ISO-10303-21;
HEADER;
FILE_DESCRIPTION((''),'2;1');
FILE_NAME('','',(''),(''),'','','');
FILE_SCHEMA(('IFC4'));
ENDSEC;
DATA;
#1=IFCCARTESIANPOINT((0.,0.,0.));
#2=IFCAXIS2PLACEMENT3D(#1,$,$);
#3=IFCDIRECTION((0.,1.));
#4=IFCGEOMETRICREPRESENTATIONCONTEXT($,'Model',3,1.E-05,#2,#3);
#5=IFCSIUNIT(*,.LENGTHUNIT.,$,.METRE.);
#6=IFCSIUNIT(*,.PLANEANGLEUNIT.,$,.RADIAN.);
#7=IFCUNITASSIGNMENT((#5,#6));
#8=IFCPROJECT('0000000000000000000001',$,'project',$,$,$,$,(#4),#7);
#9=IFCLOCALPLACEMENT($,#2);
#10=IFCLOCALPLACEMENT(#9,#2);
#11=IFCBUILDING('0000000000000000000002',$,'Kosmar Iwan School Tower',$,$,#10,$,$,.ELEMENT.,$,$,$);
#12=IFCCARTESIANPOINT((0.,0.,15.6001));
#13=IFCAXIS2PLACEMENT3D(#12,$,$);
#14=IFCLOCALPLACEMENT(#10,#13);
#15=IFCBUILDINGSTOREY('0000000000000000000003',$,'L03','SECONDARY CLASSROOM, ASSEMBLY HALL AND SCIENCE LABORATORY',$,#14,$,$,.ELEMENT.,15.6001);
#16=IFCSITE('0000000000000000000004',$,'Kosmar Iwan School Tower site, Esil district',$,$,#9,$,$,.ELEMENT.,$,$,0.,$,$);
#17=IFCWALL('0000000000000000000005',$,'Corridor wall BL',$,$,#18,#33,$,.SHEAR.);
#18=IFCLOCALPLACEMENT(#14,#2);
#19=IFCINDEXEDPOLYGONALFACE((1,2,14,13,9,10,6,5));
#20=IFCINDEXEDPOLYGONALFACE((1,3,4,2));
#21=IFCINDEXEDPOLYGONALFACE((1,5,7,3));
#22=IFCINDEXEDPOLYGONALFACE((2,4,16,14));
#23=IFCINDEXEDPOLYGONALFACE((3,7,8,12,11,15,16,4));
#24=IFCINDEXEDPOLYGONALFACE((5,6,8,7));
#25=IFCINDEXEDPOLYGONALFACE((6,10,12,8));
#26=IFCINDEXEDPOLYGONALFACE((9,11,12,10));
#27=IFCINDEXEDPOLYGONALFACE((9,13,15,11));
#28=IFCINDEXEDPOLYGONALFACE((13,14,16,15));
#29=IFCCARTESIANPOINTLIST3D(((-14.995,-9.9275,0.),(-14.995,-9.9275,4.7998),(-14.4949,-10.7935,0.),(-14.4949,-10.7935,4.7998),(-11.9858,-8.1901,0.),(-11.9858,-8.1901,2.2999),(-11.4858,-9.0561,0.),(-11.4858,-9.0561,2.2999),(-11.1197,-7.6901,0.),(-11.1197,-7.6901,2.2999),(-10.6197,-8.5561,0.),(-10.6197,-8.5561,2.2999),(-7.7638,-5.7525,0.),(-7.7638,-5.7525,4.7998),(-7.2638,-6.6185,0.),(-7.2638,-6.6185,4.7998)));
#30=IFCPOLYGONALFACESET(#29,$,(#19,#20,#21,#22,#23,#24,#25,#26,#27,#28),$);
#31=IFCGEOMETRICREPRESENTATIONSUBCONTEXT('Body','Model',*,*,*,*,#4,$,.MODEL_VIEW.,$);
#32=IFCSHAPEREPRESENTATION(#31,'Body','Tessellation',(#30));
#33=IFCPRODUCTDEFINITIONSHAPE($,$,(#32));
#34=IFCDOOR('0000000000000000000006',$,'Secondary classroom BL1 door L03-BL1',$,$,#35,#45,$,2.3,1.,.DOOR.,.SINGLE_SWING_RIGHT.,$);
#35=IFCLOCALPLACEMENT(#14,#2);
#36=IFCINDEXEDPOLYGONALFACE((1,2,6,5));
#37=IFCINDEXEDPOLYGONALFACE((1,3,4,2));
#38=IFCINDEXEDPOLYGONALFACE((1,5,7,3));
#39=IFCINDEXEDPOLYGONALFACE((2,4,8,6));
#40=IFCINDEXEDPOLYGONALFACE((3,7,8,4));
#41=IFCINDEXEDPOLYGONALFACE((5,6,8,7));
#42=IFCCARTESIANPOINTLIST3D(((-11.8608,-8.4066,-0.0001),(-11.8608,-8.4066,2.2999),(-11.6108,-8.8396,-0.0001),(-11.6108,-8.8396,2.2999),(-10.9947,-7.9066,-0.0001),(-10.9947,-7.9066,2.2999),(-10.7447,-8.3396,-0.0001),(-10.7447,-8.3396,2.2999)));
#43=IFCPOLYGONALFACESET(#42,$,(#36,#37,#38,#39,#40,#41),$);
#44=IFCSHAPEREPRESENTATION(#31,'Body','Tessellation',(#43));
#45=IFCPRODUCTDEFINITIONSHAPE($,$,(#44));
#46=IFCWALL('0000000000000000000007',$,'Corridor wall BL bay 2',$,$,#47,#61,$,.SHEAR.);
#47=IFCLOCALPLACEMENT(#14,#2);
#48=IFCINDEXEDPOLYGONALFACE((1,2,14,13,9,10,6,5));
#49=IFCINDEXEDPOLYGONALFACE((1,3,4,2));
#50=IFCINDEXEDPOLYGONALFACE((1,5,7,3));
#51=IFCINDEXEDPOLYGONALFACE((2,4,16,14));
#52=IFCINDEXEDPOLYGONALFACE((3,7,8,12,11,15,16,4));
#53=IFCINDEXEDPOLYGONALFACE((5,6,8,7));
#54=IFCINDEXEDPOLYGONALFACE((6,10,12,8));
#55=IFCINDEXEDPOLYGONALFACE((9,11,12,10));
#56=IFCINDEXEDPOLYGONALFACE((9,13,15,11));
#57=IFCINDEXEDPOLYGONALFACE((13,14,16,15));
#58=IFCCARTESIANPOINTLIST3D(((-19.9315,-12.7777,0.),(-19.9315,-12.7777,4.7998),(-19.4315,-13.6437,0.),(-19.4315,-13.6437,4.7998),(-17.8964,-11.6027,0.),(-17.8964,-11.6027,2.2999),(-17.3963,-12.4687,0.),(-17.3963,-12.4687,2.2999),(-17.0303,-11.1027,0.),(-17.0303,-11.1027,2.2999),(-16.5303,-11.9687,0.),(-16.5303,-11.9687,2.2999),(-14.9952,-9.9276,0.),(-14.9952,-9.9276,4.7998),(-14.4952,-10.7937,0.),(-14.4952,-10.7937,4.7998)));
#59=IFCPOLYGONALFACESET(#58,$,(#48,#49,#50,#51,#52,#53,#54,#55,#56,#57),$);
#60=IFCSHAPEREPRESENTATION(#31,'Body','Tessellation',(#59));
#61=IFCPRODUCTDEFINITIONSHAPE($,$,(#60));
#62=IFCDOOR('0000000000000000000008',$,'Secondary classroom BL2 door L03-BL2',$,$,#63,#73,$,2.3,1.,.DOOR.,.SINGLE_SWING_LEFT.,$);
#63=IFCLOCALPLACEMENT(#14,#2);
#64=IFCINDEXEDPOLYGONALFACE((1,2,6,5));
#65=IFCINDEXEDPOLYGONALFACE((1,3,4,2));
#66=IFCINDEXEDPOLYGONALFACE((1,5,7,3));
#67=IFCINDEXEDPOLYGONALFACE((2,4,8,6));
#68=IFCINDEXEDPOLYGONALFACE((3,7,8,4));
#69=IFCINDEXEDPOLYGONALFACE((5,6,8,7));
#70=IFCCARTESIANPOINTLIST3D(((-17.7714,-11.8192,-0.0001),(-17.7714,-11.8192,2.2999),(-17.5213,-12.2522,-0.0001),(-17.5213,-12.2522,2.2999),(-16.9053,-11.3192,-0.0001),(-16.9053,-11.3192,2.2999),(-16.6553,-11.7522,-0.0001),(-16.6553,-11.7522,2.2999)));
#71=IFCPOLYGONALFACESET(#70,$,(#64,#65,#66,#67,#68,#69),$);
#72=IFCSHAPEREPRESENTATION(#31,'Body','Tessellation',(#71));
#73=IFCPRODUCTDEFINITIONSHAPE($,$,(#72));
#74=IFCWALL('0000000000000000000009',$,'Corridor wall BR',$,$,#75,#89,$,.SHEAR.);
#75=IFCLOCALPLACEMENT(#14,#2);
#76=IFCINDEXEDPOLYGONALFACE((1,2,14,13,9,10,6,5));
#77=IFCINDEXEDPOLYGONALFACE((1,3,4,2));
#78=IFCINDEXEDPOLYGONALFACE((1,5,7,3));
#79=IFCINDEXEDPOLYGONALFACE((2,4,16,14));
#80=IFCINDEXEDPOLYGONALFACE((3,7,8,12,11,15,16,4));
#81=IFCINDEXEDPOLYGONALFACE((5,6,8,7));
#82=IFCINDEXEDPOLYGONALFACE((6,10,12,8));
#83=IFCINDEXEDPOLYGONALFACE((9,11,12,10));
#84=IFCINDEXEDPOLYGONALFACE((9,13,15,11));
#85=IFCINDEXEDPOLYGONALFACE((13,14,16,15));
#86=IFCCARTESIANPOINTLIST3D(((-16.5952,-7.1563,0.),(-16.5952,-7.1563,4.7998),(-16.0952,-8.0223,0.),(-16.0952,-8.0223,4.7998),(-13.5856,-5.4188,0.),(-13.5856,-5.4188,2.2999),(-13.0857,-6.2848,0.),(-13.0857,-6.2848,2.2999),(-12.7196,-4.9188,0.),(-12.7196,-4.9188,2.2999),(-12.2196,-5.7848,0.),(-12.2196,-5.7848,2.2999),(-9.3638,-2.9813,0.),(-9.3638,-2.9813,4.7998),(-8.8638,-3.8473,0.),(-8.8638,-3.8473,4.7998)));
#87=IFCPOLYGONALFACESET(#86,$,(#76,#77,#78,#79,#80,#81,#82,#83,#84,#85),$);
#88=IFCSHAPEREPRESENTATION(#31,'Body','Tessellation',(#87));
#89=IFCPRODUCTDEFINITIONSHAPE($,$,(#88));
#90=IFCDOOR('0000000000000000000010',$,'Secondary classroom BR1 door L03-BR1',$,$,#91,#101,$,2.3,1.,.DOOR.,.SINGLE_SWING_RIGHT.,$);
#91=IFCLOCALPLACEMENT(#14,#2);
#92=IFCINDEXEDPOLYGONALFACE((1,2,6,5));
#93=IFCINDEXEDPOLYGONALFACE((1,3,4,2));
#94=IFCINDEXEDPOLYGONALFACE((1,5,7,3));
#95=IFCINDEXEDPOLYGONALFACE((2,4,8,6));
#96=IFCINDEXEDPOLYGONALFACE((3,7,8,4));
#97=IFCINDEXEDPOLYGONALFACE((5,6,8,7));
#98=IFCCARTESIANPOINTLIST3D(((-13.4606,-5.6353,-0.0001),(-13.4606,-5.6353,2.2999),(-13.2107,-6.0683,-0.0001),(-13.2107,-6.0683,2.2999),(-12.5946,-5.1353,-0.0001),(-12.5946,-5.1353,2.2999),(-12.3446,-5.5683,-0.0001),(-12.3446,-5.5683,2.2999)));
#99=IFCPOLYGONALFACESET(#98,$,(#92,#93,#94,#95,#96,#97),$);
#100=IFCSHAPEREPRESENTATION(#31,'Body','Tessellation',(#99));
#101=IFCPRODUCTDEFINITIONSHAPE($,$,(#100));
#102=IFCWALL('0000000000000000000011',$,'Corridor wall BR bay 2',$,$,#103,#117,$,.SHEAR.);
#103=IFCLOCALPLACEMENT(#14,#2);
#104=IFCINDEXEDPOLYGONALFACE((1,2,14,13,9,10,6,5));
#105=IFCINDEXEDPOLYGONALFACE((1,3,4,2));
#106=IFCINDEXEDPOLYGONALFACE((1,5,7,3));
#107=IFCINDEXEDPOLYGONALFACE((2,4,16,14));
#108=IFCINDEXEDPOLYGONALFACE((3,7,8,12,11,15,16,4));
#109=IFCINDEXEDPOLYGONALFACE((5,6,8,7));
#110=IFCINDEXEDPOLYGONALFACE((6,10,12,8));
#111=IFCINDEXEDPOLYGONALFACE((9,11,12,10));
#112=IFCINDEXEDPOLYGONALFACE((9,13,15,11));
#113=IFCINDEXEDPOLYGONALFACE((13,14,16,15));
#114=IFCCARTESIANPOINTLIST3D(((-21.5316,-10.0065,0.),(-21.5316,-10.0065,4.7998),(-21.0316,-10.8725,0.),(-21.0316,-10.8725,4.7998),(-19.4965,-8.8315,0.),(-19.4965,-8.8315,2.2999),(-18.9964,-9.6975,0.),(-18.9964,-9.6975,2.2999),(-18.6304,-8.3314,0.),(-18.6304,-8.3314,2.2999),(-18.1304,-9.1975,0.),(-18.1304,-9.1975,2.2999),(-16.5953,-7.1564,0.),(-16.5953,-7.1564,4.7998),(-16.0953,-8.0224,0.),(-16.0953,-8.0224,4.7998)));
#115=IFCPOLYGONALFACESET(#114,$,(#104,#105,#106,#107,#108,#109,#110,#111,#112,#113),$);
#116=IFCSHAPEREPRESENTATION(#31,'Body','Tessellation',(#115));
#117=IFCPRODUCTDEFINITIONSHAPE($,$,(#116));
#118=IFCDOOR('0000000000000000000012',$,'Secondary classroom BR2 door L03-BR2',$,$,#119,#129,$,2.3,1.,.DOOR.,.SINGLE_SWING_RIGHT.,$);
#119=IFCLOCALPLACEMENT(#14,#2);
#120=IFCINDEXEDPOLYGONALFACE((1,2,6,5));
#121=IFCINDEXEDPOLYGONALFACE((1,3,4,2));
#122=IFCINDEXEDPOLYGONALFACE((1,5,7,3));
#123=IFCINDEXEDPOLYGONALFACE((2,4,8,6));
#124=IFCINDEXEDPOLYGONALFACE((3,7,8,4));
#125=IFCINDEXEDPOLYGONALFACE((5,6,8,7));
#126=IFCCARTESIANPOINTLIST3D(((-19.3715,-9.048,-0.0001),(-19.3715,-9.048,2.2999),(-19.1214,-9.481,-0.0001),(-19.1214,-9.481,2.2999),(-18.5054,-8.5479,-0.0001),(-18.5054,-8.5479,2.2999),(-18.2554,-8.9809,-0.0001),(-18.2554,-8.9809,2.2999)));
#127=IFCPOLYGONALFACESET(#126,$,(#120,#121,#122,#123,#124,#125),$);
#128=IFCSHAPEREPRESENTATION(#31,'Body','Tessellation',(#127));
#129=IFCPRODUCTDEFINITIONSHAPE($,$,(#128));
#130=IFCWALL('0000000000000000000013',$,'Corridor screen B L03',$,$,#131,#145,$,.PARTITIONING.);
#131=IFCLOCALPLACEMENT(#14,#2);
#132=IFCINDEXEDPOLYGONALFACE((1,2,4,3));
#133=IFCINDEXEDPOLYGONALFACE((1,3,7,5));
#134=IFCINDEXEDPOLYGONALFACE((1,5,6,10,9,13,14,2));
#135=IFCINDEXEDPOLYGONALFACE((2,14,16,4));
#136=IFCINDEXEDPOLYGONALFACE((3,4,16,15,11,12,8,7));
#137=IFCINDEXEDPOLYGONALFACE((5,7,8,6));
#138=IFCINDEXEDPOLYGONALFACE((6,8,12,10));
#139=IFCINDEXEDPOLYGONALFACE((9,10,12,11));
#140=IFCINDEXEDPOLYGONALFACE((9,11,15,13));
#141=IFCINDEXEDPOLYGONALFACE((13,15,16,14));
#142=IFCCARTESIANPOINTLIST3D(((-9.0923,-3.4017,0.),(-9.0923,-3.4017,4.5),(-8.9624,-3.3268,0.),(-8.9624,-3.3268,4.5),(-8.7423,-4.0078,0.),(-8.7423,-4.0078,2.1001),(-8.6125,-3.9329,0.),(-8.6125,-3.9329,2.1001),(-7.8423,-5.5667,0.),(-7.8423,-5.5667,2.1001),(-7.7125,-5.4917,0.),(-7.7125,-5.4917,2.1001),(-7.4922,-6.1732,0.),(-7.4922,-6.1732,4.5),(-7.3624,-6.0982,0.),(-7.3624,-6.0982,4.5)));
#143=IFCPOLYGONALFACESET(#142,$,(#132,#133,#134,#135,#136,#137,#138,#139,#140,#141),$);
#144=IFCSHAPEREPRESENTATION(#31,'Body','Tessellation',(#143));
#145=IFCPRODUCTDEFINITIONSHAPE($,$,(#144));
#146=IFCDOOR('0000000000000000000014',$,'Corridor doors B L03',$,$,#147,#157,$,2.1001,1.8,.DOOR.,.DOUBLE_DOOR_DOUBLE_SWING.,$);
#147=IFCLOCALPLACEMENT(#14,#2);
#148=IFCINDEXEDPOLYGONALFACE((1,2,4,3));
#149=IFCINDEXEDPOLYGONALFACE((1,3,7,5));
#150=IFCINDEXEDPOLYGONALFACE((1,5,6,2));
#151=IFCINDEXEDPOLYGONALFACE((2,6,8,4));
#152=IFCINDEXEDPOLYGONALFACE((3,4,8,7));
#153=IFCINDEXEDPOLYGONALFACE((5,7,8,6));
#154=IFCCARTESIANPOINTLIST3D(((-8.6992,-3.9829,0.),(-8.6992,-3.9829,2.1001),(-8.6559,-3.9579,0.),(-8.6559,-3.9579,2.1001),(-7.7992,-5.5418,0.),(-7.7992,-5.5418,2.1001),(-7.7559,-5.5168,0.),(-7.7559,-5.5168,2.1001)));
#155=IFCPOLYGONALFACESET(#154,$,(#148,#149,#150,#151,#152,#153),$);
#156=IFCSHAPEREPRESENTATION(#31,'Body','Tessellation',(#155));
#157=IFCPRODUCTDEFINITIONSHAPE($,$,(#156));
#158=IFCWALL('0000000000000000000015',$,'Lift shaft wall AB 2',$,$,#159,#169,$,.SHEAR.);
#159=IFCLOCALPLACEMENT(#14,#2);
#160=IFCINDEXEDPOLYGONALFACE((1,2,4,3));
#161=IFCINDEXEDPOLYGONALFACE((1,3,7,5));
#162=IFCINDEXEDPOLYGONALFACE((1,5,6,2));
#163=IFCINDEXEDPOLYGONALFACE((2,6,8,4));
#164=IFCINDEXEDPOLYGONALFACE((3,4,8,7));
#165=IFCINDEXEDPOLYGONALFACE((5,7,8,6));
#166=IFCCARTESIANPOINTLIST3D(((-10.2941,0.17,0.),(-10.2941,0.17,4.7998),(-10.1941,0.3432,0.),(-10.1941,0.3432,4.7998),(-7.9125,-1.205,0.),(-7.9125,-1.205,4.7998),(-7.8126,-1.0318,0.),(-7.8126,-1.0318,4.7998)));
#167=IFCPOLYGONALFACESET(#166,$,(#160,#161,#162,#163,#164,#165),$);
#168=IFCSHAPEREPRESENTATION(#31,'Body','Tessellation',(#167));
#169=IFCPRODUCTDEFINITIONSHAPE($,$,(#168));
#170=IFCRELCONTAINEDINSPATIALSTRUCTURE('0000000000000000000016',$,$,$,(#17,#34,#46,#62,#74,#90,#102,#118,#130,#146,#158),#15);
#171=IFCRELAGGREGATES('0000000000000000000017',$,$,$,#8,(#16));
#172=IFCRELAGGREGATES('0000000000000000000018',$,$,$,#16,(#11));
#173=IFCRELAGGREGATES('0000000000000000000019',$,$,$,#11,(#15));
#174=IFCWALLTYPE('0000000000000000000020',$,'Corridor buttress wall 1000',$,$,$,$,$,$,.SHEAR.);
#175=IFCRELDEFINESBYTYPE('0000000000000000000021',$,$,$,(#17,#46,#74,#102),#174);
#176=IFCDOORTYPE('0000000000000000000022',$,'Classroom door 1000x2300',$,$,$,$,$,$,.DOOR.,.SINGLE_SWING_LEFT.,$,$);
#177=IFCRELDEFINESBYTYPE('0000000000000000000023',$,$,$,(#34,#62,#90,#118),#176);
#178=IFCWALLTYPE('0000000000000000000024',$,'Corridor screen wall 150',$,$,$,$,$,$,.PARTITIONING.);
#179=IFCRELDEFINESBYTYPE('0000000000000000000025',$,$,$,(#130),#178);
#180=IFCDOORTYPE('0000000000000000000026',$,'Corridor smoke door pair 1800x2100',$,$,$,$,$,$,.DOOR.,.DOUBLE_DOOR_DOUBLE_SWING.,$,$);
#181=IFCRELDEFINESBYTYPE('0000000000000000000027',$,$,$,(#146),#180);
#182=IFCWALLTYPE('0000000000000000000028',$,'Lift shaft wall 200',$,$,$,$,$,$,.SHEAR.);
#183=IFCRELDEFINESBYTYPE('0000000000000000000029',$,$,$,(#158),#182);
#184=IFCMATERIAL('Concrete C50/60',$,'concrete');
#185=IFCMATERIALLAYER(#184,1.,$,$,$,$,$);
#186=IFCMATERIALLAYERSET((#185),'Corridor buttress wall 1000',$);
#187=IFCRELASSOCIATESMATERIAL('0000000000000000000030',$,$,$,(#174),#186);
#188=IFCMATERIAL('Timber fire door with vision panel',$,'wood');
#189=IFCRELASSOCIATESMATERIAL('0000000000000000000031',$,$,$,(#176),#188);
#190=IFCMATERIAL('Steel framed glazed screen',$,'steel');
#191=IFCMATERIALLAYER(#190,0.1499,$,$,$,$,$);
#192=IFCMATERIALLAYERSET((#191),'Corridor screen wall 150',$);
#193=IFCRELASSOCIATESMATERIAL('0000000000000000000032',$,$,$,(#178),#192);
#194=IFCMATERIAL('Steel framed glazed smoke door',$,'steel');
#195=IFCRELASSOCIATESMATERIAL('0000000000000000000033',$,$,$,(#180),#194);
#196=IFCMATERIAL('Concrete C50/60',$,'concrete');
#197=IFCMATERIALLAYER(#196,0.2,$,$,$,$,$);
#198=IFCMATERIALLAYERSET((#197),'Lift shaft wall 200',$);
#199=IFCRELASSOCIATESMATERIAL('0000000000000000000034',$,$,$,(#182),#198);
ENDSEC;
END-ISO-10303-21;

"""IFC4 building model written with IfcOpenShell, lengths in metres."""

from ifc_helpers import new_model, si_unit, direction, frame, frame_2d, origin, place, context, subcontext, project, spatial, rectangle, extrude, material, layer, layer_set, type_object, element, fill, save


model = new_model("IFC4")

# Units and contexts
model_context = context("Model", 3, precision=1e-05, world=origin(), true_north=direction((0.0, 1.0)))
body_context = subcontext(model_context, "Body", "Model", "MODEL_VIEW")
ifc_project = project(units=[si_unit("LENGTHUNIT", "METRE"), si_unit("PLANEANGLEUNIT", "RADIAN")], contexts=[model_context])

# Site, building, storey
site_placement = place(None, origin())
site = spatial("IfcSite", under=ifc_project, at=site_placement, Name="Kosmar Iwan School Tower site, Esil district", CompositionType="ELEMENT", RefElevation=0.0)
building_placement = place(site_placement, origin())
building = spatial("IfcBuilding", under=site, at=building_placement, Name="Kosmar Iwan School Tower", CompositionType="ELEMENT")
storey_placement = place(building_placement, frame((0.0, 0.0, 15.6001)))
storey = spatial("IfcBuildingStorey", under=building, at=storey_placement, Name="L03", Description="SECONDARY CLASSROOM, ASSEMBLY HALL AND SCIENCE LABORATORY", CompositionType="ELEMENT", Elevation=15.6001)

# Walls, openings, doors
ifc_material_1 = material(Name="Concrete C50/60", Category="concrete")
ifc_layer_1 = layer(ifc_material_1, 1.0)
ifc_layer_set_1 = layer_set([ifc_layer_1], Name="Corridor buttress wall 1000")
wall_type_1 = type_object("IfcWallType", Name="Corridor buttress wall 1000", PredefinedType="SHEAR", material=ifc_layer_set_1)
wall_1_placement = place(storey_placement, frame((-7.5139, -6.1855, 0.0), z_axis=(0.0, 0.0, 1.0), x_axis=(-0.86602, -0.50001, 0.0)))
wall_1 = element("IfcWall", 1, at=wall_1_placement, inside=storey, type_object=wall_type_1, Name="Corridor wall BL", PredefinedType="SHEAR", context=body_context, shape_type="SweptSolid", body=[
    extrude(rectangle(XDim=8.3499, YDim=1.0, at=frame_2d((4.1748, 0.0))), origin(), (0.0, 0.0, 1.0), 4.7998),
])
opening_1_placement = place(wall_1_placement, frame((3.875, 0.0, 0.0)))
opening_1 = element("IfcOpeningElement", 2, at=opening_1_placement, cuts=wall_1, PredefinedType="OPENING", context=body_context, shape_type="SweptSolid", body=[
    extrude(rectangle(XDim=1.0, YDim=2.3, at=frame_2d((0.5, 1.1499))), frame((0.0, 0.512, 0.0), z_axis=(0.0, -1.0, 0.0), x_axis=(1.0, 0.0, 0.0)), (0.0, 0.0, 1.0), 1.0239),
])
ifc_material_2 = material(Name="Timber fire door with vision panel", Category="wood")
door_type_1 = type_object("IfcDoorType", Name="Classroom door 1000x2300", OperationType="SINGLE_SWING_LEFT", PredefinedType="DOOR", material=ifc_material_2)
door_1_placement = place(opening_1_placement, origin())
door_1 = element("IfcDoor", 3, at=door_1_placement, inside=storey, type_object=door_type_1, Name="Secondary classroom BL1 door L03-BL1", OperationType="SINGLE_SWING_RIGHT", OverallHeight=2.3, OverallWidth=1.0, PredefinedType="DOOR", context=body_context, shape_type="SweptSolid", body=[
    extrude(rectangle(XDim=1.0, YDim=2.3, at=frame_2d((0.5, 1.1499))), frame((0.0, 0.25, 0.0), z_axis=(0.0, -1.0, 0.0), x_axis=(1.0, 0.0, 0.0)), (0.0, 0.0, 1.0), 0.5),
])
fill(opening_1, door_1)
wall_2_placement = place(storey_placement, frame((-14.7451, -10.3606, 0.0), z_axis=(0.0, 0.0, 1.0), x_axis=(-0.866015, -0.500018, 0.0)))
wall_2 = element("IfcWall", 4, at=wall_2_placement, inside=storey, type_object=wall_type_1, Name="Corridor wall BL bay 2", PredefinedType="SHEAR", context=body_context, shape_type="SweptSolid", body=[
    extrude(rectangle(XDim=5.7, YDim=1.0, at=frame_2d((2.8501, 0.0))), origin(), (0.0, 0.0, 1.0), 4.7998),
])
opening_2_placement = place(wall_2_placement, frame((2.3501, 0.0, 0.0)))
opening_2 = element("IfcOpeningElement", 5, at=opening_2_placement, cuts=wall_2, PredefinedType="OPENING", context=body_context, shape_type="SweptSolid", body=[
    extrude(rectangle(XDim=1.0, YDim=2.3, at=frame_2d((0.5, 1.1499))), frame((0.0, 0.512, 0.0), z_axis=(0.0, -1.0, 0.0), x_axis=(1.0, 0.0, 0.0)), (0.0, 0.0, 1.0), 1.0239),
])
door_2_placement = place(opening_2_placement, origin())
door_2 = element("IfcDoor", 6, at=door_2_placement, inside=storey, type_object=door_type_1, Name="Secondary classroom BL2 door L03-BL2", OperationType="SINGLE_SWING_LEFT", OverallHeight=2.3, OverallWidth=1.0, PredefinedType="DOOR", context=body_context, shape_type="SweptSolid", body=[
    extrude(rectangle(XDim=1.0, YDim=2.3, at=frame_2d((0.5, 1.1499))), frame((0.0, 0.25, 0.0), z_axis=(0.0, -1.0, 0.0), x_axis=(1.0, 0.0, 0.0)), (0.0, 0.0, 1.0), 0.5),
])
fill(opening_2, door_2)
wall_3_placement = place(storey_placement, frame((-9.1138, -3.4143, 0.0), z_axis=(0.0, 0.0, 1.0), x_axis=(-0.866027, -0.499997, 0.0)))
wall_3 = element("IfcWall", 7, at=wall_3_placement, inside=storey, type_object=wall_type_1, Name="Corridor wall BR", PredefinedType="SHEAR", context=body_context, shape_type="SweptSolid", body=[
    extrude(rectangle(XDim=8.3501, YDim=1.0, at=frame_2d((4.175, 0.0))), origin(), (0.0, 0.0, 1.0), 4.7998),
])
opening_3_placement = place(wall_3_placement, frame((3.875, 0.0, 0.0)))
opening_3 = element("IfcOpeningElement", 8, at=opening_3_placement, cuts=wall_3, PredefinedType="OPENING", context=body_context, shape_type="SweptSolid", body=[
    extrude(rectangle(XDim=1.0, YDim=2.3, at=frame_2d((0.5, 1.1499))), frame((0.0, 0.512, 0.0), z_axis=(0.0, -1.0, 0.0), x_axis=(1.0, 0.0, 0.0)), (0.0, 0.0, 1.0), 1.0239),
])
door_3_placement = place(opening_3_placement, origin())
door_3 = element("IfcDoor", 9, at=door_3_placement, inside=storey, type_object=door_type_1, Name="Secondary classroom BR1 door L03-BR1", OperationType="SINGLE_SWING_RIGHT", OverallHeight=2.3, OverallWidth=1.0, PredefinedType="DOOR", context=body_context, shape_type="SweptSolid", body=[
    extrude(rectangle(XDim=1.0, YDim=2.3, at=frame_2d((0.5, 1.1499))), frame((0.0, 0.25, 0.0), z_axis=(0.0, -1.0, 0.0), x_axis=(1.0, 0.0, 0.0)), (0.0, 0.0, 1.0), 0.5),
])
fill(opening_3, door_3)
wall_4_placement = place(storey_placement, frame((-16.3452, -7.5894, 0.0), z_axis=(0.0, 0.0, 1.0), x_axis=(-0.866015, -0.500018, 0.0)))
wall_4 = element("IfcWall", 10, at=wall_4_placement, inside=storey, type_object=wall_type_1, Name="Corridor wall BR bay 2", PredefinedType="SHEAR", context=body_context, shape_type="SweptSolid", body=[
    extrude(rectangle(XDim=5.7, YDim=1.0, at=frame_2d((2.8501, 0.0))), origin(), (0.0, 0.0, 1.0), 4.7998),
])
opening_4_placement = place(wall_4_placement, frame((2.3501, 0.0, 0.0)))
opening_4 = element("IfcOpeningElement", 11, at=opening_4_placement, cuts=wall_4, PredefinedType="OPENING", context=body_context, shape_type="SweptSolid", body=[
    extrude(rectangle(XDim=1.0, YDim=2.3, at=frame_2d((0.5, 1.1499))), frame((0.0, 0.512, 0.0), z_axis=(0.0, -1.0, 0.0), x_axis=(1.0, 0.0, 0.0)), (0.0, 0.0, 1.0), 1.0239),
])
door_4_placement = place(opening_4_placement, origin())
door_4 = element("IfcDoor", 12, at=door_4_placement, inside=storey, type_object=door_type_1, Name="Secondary classroom BR2 door L03-BR2", OperationType="SINGLE_SWING_RIGHT", OverallHeight=2.3, OverallWidth=1.0, PredefinedType="DOOR", context=body_context, shape_type="SweptSolid", body=[
    extrude(rectangle(XDim=1.0, YDim=2.3, at=frame_2d((0.5, 1.1499))), frame((0.0, 0.25, 0.0), z_axis=(0.0, -1.0, 0.0), x_axis=(1.0, 0.0, 0.0)), (0.0, 0.0, 1.0), 0.5),
])
fill(opening_4, door_4)
ifc_material_3 = material(Name="Steel framed glazed screen", Category="steel")
ifc_layer_2 = layer(ifc_material_3, 0.1499)
ifc_layer_set_2 = layer_set([ifc_layer_2], Name="Corridor screen wall 150")
wall_type_2 = type_object("IfcWallType", Name="Corridor screen wall 150", PredefinedType="PARTITIONING", material=ifc_layer_set_2)
wall_5_placement = place(storey_placement, frame((-9.0273, -3.3643, 0.0), z_axis=(0.0, 0.0, 1.0), x_axis=(0.499995, -0.866028, 0.0)))
wall_5 = element("IfcWall", 13, at=wall_5_placement, inside=storey, type_object=wall_type_2, Name="Corridor screen B L03", PredefinedType="PARTITIONING", context=body_context, shape_type="SweptSolid", body=[
    extrude(rectangle(XDim=3.2002, YDim=0.1499, at=frame_2d((1.6001, 0.0))), origin(), (0.0, 0.0, 1.0), 4.5),
])
opening_5_placement = place(wall_5_placement, frame((0.7, 0.0, 0.0)))
opening_5 = element("IfcOpeningElement", 14, at=opening_5_placement, cuts=wall_5, PredefinedType="OPENING", context=body_context, shape_type="SweptSolid", body=[
    extrude(rectangle(XDim=1.8, YDim=2.1001, at=frame_2d((0.8999, 1.05))), frame((0.0, 0.0869, 0.0), z_axis=(0.0, -1.0, 0.0), x_axis=(1.0, 0.0, 0.0)), (0.0, 0.0, 1.0), 0.1738),
])
ifc_material_4 = material(Name="Steel framed glazed smoke door", Category="steel")
door_type_2 = type_object("IfcDoorType", Name="Corridor smoke door pair 1800x2100", OperationType="DOUBLE_DOOR_DOUBLE_SWING", PredefinedType="DOOR", material=ifc_material_4)
door_5_placement = place(opening_5_placement, origin())
door_5 = element("IfcDoor", 15, at=door_5_placement, inside=storey, type_object=door_type_2, Name="Corridor doors B L03", OperationType="DOUBLE_DOOR_DOUBLE_SWING", OverallHeight=2.1001, OverallWidth=1.8, PredefinedType="DOOR", context=body_context, shape_type="SweptSolid", body=[
    extrude(rectangle(XDim=1.8, YDim=2.1001, at=frame_2d((0.8999, 1.05))), frame((0.0, 0.0249, 0.0), z_axis=(0.0, -1.0, 0.0), x_axis=(1.0, 0.0, 0.0)), (0.0, 0.0, 1.0), 0.05),
])
fill(opening_5, door_5)

# Wall
ifc_material_5 = material(Name="Concrete C50/60", Category="concrete")
ifc_layer_3 = layer(ifc_material_5, 0.2)
ifc_layer_set_3 = layer_set([ifc_layer_3], Name="Lift shaft wall 200")
wall_type_3 = type_object("IfcWallType", Name="Lift shaft wall 200", PredefinedType="SHEAR", material=ifc_layer_set_3)
wall_6_placement = place(storey_placement, frame((-7.8625, -1.1184, 0.0), z_axis=(0.0, 0.0, 1.0), x_axis=(-0.866027, 0.499997, 0.0)))
element("IfcWall", 16, at=wall_6_placement, inside=storey, type_object=wall_type_3, Name="Lift shaft wall AB 2", PredefinedType="SHEAR", context=body_context, shape_type="SweptSolid", body=[
    extrude(rectangle(XDim=2.75, YDim=0.2, at=frame_2d((1.375, 0.0))), origin(), (0.0, 0.0, 1.0), 4.7998),
])

save(model, "model.ifc")
